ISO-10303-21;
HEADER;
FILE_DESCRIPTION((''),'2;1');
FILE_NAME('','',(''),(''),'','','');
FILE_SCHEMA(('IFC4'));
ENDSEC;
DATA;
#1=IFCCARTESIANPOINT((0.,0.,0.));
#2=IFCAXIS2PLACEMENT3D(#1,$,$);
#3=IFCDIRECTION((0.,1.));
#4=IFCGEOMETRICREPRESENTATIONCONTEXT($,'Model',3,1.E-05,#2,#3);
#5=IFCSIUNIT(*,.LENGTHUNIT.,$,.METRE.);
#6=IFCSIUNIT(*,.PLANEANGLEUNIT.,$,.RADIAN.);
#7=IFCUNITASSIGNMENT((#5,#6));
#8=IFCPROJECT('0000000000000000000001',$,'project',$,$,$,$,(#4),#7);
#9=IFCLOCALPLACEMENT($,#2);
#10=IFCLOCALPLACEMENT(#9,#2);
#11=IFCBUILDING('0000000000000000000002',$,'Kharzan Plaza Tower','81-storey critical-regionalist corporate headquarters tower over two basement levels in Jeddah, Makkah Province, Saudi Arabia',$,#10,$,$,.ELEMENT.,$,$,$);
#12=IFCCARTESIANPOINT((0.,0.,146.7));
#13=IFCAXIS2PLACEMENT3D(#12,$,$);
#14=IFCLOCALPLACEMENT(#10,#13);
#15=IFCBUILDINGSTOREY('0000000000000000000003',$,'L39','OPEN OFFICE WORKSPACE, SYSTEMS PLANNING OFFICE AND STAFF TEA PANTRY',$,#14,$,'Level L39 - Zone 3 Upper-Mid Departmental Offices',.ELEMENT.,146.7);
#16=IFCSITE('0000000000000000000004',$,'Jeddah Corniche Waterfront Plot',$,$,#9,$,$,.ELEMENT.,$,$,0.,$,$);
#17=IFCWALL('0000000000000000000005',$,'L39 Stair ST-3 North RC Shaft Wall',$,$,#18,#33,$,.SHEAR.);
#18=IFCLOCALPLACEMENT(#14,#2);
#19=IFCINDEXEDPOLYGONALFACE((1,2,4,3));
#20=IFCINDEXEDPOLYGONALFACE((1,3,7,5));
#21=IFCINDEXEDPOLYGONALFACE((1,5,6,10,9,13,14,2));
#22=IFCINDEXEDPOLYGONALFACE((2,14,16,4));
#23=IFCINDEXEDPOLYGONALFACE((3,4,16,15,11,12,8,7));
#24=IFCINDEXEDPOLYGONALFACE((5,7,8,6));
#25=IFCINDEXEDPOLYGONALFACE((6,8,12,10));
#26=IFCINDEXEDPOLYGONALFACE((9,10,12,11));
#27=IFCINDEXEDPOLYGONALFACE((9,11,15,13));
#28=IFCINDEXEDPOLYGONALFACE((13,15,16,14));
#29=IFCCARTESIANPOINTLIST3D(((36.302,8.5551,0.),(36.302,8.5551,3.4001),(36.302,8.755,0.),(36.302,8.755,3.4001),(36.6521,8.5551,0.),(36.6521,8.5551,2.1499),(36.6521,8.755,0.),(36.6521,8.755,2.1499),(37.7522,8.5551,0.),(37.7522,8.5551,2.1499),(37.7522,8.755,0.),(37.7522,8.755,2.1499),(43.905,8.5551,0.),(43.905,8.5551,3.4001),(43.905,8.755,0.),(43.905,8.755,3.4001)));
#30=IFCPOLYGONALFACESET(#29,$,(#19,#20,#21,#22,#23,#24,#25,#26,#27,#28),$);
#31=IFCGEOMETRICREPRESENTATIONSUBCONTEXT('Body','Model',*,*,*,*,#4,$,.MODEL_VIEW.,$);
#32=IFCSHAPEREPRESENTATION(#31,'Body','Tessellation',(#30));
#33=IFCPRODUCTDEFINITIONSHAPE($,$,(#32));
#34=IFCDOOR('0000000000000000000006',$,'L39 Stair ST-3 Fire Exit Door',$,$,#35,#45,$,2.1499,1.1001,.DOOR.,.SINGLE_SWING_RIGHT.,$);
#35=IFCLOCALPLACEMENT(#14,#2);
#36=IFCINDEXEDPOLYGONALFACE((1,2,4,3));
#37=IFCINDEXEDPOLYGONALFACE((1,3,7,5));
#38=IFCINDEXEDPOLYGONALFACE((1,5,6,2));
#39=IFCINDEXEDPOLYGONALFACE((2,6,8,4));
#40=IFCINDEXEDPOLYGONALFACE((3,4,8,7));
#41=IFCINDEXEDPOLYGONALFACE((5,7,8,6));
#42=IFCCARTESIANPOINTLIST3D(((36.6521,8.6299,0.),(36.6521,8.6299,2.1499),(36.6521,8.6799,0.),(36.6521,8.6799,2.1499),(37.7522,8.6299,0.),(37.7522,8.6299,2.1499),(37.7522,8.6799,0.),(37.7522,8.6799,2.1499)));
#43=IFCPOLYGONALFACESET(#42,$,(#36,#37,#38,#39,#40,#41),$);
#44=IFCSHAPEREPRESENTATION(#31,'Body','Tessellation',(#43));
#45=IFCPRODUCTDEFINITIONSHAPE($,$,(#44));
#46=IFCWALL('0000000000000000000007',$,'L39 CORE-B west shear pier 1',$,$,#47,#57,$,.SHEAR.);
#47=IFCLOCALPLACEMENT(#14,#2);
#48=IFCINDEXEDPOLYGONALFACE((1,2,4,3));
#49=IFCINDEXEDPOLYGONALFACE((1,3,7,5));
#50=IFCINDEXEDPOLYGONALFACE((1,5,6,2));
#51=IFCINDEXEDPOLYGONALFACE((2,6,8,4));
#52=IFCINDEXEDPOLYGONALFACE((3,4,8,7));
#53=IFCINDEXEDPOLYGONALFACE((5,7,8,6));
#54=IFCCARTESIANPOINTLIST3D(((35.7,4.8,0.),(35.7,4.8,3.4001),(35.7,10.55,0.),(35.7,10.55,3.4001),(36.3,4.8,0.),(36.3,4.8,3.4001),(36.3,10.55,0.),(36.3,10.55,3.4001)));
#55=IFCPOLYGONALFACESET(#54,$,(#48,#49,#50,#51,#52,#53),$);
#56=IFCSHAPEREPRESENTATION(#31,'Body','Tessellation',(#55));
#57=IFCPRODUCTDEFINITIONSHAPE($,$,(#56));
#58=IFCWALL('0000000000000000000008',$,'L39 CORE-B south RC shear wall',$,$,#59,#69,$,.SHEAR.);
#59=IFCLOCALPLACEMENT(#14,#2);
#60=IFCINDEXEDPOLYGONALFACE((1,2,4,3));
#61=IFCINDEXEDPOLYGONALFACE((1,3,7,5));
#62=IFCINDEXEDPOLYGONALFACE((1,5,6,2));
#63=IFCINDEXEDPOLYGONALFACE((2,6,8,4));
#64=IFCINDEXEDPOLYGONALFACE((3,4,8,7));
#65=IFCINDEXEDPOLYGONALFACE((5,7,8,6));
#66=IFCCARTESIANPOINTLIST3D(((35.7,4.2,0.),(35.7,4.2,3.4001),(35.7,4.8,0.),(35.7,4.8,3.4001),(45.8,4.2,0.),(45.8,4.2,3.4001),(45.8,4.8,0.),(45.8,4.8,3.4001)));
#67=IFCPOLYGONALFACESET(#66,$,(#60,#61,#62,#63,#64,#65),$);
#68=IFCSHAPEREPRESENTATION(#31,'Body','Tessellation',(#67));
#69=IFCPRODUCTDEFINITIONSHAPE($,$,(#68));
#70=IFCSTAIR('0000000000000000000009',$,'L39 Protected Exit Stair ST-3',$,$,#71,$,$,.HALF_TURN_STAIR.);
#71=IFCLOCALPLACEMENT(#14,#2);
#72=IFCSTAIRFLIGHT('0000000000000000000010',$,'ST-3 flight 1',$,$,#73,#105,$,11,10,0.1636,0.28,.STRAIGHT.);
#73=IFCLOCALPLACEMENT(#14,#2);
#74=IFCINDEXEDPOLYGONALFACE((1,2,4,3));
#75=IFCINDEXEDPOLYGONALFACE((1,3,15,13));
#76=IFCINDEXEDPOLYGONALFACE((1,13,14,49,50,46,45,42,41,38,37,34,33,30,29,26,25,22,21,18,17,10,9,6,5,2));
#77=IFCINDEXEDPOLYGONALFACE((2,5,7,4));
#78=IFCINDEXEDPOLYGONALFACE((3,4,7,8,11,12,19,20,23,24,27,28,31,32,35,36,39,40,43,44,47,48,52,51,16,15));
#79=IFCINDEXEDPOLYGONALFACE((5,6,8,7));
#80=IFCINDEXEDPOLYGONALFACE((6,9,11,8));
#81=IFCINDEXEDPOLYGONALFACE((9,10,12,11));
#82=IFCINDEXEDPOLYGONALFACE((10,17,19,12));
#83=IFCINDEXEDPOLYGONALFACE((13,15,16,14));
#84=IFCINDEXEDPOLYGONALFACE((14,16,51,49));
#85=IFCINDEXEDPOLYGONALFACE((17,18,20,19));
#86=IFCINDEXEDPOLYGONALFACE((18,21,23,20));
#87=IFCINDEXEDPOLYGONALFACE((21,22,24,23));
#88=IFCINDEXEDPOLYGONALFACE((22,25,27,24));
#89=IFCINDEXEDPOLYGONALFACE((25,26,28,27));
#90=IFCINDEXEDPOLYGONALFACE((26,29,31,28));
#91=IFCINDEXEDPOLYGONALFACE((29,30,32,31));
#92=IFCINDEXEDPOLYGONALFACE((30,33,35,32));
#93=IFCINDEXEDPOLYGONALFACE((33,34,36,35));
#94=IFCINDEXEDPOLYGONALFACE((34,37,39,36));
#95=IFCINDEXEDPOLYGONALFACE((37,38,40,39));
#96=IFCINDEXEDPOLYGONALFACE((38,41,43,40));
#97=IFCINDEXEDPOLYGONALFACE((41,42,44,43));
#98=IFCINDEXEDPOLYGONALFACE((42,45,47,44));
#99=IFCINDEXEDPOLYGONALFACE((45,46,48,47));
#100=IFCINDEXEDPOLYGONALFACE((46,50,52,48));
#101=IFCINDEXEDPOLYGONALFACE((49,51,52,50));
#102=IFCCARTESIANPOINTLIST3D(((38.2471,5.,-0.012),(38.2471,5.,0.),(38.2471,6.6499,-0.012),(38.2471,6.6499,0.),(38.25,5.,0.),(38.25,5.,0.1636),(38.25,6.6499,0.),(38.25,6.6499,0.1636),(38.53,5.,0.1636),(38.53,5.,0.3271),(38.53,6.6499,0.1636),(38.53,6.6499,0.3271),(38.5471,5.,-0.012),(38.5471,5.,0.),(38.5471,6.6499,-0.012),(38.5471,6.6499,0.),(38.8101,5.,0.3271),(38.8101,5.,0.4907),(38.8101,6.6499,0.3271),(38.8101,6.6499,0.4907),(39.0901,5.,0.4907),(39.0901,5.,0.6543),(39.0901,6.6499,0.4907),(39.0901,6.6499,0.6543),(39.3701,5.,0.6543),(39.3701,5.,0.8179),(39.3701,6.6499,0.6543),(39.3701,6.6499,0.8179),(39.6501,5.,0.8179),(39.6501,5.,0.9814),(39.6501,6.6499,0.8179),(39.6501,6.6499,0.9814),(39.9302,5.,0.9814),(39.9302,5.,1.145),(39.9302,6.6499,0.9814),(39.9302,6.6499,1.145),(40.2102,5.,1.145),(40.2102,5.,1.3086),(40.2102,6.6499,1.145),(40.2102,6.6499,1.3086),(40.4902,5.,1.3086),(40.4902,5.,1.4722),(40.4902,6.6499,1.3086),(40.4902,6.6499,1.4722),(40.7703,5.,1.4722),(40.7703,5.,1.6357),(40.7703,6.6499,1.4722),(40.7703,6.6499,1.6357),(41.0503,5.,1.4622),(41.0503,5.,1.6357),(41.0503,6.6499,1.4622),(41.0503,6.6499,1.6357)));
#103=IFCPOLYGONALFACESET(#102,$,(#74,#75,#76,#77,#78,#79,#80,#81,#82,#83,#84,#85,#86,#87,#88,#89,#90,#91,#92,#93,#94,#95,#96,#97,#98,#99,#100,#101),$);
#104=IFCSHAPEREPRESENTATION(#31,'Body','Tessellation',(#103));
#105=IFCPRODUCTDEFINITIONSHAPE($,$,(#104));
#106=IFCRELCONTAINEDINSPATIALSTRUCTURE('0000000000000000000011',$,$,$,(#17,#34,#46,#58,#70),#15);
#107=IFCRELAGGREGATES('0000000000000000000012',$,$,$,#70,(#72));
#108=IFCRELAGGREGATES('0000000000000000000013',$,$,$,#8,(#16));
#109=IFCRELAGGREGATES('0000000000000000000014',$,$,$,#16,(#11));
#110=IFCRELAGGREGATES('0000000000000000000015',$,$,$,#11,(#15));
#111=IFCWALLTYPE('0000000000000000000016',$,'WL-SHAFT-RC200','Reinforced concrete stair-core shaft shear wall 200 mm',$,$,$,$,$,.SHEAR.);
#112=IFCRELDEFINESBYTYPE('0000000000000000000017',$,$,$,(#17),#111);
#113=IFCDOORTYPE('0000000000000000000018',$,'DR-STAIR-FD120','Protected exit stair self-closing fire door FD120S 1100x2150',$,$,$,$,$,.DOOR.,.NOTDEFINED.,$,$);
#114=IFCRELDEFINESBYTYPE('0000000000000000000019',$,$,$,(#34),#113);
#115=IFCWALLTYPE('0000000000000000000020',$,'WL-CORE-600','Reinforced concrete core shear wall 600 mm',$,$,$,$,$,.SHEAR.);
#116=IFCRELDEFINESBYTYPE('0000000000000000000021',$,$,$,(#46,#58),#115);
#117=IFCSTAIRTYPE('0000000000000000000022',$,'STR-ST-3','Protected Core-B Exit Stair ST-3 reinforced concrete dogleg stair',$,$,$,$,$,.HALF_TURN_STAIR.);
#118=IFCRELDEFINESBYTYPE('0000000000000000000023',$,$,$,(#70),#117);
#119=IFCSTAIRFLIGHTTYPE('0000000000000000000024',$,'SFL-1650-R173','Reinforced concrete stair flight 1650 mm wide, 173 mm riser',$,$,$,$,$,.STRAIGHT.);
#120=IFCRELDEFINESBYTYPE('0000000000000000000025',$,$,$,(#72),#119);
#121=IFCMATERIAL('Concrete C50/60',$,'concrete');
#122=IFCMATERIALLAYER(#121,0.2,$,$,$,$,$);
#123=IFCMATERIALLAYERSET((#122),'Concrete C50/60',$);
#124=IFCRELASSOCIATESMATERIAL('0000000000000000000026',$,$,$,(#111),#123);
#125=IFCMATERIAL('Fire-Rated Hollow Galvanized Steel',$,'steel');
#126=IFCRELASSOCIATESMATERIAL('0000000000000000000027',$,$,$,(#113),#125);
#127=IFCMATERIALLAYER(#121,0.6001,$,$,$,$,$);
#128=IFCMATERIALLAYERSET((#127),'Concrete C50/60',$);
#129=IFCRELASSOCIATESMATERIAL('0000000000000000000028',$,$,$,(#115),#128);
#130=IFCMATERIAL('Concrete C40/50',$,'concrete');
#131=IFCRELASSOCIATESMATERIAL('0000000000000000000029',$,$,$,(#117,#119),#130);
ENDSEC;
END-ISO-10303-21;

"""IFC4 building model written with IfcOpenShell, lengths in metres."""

from ifc_helpers import new_model, si_unit, direction, frame, frame_2d, origin, place, context, subcontext, project, spatial, polyline, rectangle, outline, extrude, source, transform, mapped, material, layer, layer_set, type_object, element, fill, aggregate, save


model = new_model("IFC4")

# Units and contexts
model_context = context("Model", 3, precision=1e-05, world=origin(), true_north=direction((0.0, 1.0)))
body_context = subcontext(model_context, "Body", "Model", "MODEL_VIEW")
ifc_project = project(units=[si_unit("LENGTHUNIT", "METRE"), si_unit("PLANEANGLEUNIT", "RADIAN")], contexts=[model_context])

# Site, building, storey
site_placement = place(None, origin())
site = spatial("IfcSite", under=ifc_project, at=site_placement, Name="Jeddah Corniche Waterfront Plot", CompositionType="ELEMENT", RefElevation=0.0)
building_placement = place(site_placement, origin())
building = spatial("IfcBuilding", under=site, at=building_placement, Name="Kharzan Plaza Tower", Description="81-storey critical-regionalist corporate headquarters tower over two basement levels in Jeddah, Makkah Province, Saudi Arabia", CompositionType="ELEMENT")
storey_placement = place(building_placement, frame((0.0, 0.0, 146.7)))
storey = spatial("IfcBuildingStorey", under=building, at=storey_placement, Name="L39", Description="OPEN OFFICE WORKSPACE, SYSTEMS PLANNING OFFICE AND STAFF TEA PANTRY", LongName="Level L39 - Zone 3 Upper-Mid Departmental Offices", CompositionType="ELEMENT", Elevation=146.7)

# Shared definitions
ifc_material_1 = material(Name="Concrete C50/60", Category="concrete")

# Shared definitions
ifc_material_2 = material(Name="Concrete C40/50", Category="concrete")

# Wall, opening, door
ifc_layer_1 = layer(ifc_material_1, 0.2)
ifc_layer_set_1 = layer_set([ifc_layer_1], Name="Concrete C50/60")
wall_type_1 = type_object("IfcWallType", Name="WL-SHAFT-RC200", Description="Reinforced concrete stair-core shaft shear wall 200 mm", PredefinedType="SHEAR", material=ifc_layer_set_1)
wall_1_placement = place(storey_placement, frame((36.302, 8.655, 0.0), z_axis=(0.0, 0.0, 1.0), x_axis=(1.0, 0.0, 0.0)))
wall_1 = element("IfcWall", 1, at=wall_1_placement, inside=storey, type_object=wall_type_1, Name="L39 Stair ST-3 North RC Shaft Wall", PredefinedType="SHEAR", context=body_context, shape_type="SweptSolid", body=[
    extrude(rectangle(XDim=7.603, YDim=0.2, at=frame_2d((3.8015, 0.0))), origin(), (0.0, 0.0, 1.0), 3.4001),
])
opening_1_placement = place(wall_1_placement, frame((0.3501, 0.0, 0.0)))
opening_1 = element("IfcOpeningElement", 2, at=opening_1_placement, cuts=wall_1, PredefinedType="OPENING", context=body_context, shape_type="SweptSolid", body=[
    extrude(rectangle(XDim=1.1001, YDim=2.1499, at=frame_2d((0.55, 1.075))), frame((0.0, 0.1099, 0.0), z_axis=(0.0, -1.0, 0.0), x_axis=(1.0, 0.0, 0.0)), (0.0, 0.0, 1.0), 0.22),
])
ifc_material_3 = material(Name="Fire-Rated Hollow Galvanized Steel", Category="steel")
door_type = type_object("IfcDoorType", Name="DR-STAIR-FD120", Description="Protected exit stair self-closing fire door FD120S 1100x2150", OperationType="NOTDEFINED", PredefinedType="DOOR", material=ifc_material_3)
shared_shape_1 = source(origin(), body_context, "Body", "SweptSolid", [
    extrude(rectangle(XDim=1.1001, YDim=2.1499, at=frame_2d((0.55, 1.075))), frame((0.0, 0.0249, 0.0), z_axis=(0.0, -1.0, 0.0), x_axis=(1.0, 0.0, 0.0)), (0.0, 0.0, 1.0), 0.05),
])
door_placement = place(opening_1_placement, origin())
door = element("IfcDoor", 3, at=door_placement, inside=storey, type_object=door_type, Name="L39 Stair ST-3 Fire Exit Door", OperationType="SINGLE_SWING_RIGHT", OverallHeight=2.1499, OverallWidth=1.1001, PredefinedType="DOOR", context=body_context, shape_type="MappedRepresentation", body=[
    mapped(shared_shape_1, transform((0.0, 0.0, 0.0), x_axis=(1.0, 0.0, 0.0), y_axis=(0.0, 1.0, 0.0), z_axis=(0.0, 0.0, 1.0))),
])
fill(opening_1, door)

# Walls
ifc_layer_2 = layer(ifc_material_1, 0.6001)
ifc_layer_set_2 = layer_set([ifc_layer_2], Name="Concrete C50/60")
wall_type_2 = type_object("IfcWallType", Name="WL-CORE-600", Description="Reinforced concrete core shear wall 600 mm", PredefinedType="SHEAR", material=ifc_layer_set_2)
shared_shape_2 = source(origin(), body_context, "Body", "SweptSolid", [
    extrude(rectangle(XDim=5.75, YDim=0.6001, at=frame_2d((2.875, 0.0))), origin(), (0.0, 0.0, 1.0), 3.4001),
])
wall_2_placement = place(storey_placement, frame((36.0, 4.8, 0.0), z_axis=(0.0, 0.0, 1.0), x_axis=(0.0, 1.0, 0.0)))
element("IfcWall", 4, at=wall_2_placement, inside=storey, type_object=wall_type_2, Name="L39 CORE-B west shear pier 1", PredefinedType="SHEAR", context=body_context, shape_type="MappedRepresentation", body=[
    mapped(shared_shape_2, transform((0.0, 0.0, 0.0), x_axis=(1.0, 0.0, 0.0), y_axis=(0.0, 1.0, 0.0), z_axis=(0.0, 0.0, 1.0))),
])
shared_shape_3 = source(origin(), body_context, "Body", "SweptSolid", [
    extrude(rectangle(XDim=10.1001, YDim=0.6001, at=frame_2d((5.05, 0.0))), origin(), (0.0, 0.0, 1.0), 3.4001),
])
wall_3_placement = place(storey_placement, frame((35.7, 4.5, 0.0), z_axis=(0.0, 0.0, 1.0), x_axis=(1.0, 0.0, 0.0)))
element("IfcWall", 5, at=wall_3_placement, inside=storey, type_object=wall_type_2, Name="L39 CORE-B south RC shear wall", PredefinedType="SHEAR", context=body_context, shape_type="MappedRepresentation", body=[
    mapped(shared_shape_3, transform((0.0, 0.0, 0.0), x_axis=(1.0, 0.0, 0.0), y_axis=(0.0, 1.0, 0.0), z_axis=(0.0, 0.0, 1.0))),
])

# Stair, stair flight
stair_type = type_object("IfcStairType", Name="STR-ST-3", Description="Protected Core-B Exit Stair ST-3 reinforced concrete dogleg stair", PredefinedType="HALF_TURN_STAIR", material=ifc_material_2)
stair_placement = place(storey_placement, origin())
stair = element("IfcStair", 6, at=stair_placement, inside=storey, type_object=stair_type, Name="L39 Protected Exit Stair ST-3", PredefinedType="HALF_TURN_STAIR")
stair_flight_type = type_object("IfcStairFlightType", Name="SFL-1650-R173", Description="Reinforced concrete stair flight 1650 mm wide, 173 mm riser", PredefinedType="STRAIGHT", material=ifc_material_2)
shared_shape_4 = source(origin(), body_context, "Body", "SweptSolid", [
    extrude(outline(polyline([(-0.0029, -0.012), (-0.0029, 0.0), (0.0, 0.0), (0.0, 0.1636), (0.28, 0.1636), (0.28, 0.3271), (0.5601, 0.3271), (0.5601, 0.4907), (0.8401, 0.4907), (0.8401, 0.6543), (1.1201, 0.6543), (1.1201, 0.8179), (1.4001, 0.8179), (1.4001, 0.9814), (1.6802, 0.9814), (1.6802, 1.145), (1.9602, 1.145), (1.9602, 1.3086), (2.2402, 1.3086), (2.2402, 1.4722), (2.5203, 1.4722), (2.5203, 1.6357), (2.8003, 1.6357), (2.8003, 1.7993), (2.8003, 1.4622), (0.2971, 0.0), (0.2971, -0.012), (-0.0029, -0.012)])), frame((0.0, 0.825, 0.0), z_axis=(0.0, -1.0, 0.0), x_axis=(1.0, 0.0, 0.0)), (0.0, 0.0, 1.0), 1.6499),
])
stair_flight_placement = place(storey_placement, frame((38.25, 5.825, 0.0), z_axis=(0.0, 0.0, 1.0), x_axis=(1.0, 0.0, 0.0)))
stair_flight = element("IfcStairFlight", 7, at=stair_flight_placement, type_object=stair_flight_type, Name="ST-3 flight 1", NumberOfRisers=11, NumberOfTreads=10, PredefinedType="STRAIGHT", RiserHeight=0.1636, TreadLength=0.28, context=body_context, shape_type="MappedRepresentation", body=[
    mapped(shared_shape_4, transform((0.0, 0.0, 0.0), x_axis=(1.0, 0.0, 0.0), y_axis=(0.0, 1.0, 0.0), z_axis=(0.0, 0.0, 1.0))),
])
aggregate(stair, [stair_flight])

save(model, "model.ifc")
